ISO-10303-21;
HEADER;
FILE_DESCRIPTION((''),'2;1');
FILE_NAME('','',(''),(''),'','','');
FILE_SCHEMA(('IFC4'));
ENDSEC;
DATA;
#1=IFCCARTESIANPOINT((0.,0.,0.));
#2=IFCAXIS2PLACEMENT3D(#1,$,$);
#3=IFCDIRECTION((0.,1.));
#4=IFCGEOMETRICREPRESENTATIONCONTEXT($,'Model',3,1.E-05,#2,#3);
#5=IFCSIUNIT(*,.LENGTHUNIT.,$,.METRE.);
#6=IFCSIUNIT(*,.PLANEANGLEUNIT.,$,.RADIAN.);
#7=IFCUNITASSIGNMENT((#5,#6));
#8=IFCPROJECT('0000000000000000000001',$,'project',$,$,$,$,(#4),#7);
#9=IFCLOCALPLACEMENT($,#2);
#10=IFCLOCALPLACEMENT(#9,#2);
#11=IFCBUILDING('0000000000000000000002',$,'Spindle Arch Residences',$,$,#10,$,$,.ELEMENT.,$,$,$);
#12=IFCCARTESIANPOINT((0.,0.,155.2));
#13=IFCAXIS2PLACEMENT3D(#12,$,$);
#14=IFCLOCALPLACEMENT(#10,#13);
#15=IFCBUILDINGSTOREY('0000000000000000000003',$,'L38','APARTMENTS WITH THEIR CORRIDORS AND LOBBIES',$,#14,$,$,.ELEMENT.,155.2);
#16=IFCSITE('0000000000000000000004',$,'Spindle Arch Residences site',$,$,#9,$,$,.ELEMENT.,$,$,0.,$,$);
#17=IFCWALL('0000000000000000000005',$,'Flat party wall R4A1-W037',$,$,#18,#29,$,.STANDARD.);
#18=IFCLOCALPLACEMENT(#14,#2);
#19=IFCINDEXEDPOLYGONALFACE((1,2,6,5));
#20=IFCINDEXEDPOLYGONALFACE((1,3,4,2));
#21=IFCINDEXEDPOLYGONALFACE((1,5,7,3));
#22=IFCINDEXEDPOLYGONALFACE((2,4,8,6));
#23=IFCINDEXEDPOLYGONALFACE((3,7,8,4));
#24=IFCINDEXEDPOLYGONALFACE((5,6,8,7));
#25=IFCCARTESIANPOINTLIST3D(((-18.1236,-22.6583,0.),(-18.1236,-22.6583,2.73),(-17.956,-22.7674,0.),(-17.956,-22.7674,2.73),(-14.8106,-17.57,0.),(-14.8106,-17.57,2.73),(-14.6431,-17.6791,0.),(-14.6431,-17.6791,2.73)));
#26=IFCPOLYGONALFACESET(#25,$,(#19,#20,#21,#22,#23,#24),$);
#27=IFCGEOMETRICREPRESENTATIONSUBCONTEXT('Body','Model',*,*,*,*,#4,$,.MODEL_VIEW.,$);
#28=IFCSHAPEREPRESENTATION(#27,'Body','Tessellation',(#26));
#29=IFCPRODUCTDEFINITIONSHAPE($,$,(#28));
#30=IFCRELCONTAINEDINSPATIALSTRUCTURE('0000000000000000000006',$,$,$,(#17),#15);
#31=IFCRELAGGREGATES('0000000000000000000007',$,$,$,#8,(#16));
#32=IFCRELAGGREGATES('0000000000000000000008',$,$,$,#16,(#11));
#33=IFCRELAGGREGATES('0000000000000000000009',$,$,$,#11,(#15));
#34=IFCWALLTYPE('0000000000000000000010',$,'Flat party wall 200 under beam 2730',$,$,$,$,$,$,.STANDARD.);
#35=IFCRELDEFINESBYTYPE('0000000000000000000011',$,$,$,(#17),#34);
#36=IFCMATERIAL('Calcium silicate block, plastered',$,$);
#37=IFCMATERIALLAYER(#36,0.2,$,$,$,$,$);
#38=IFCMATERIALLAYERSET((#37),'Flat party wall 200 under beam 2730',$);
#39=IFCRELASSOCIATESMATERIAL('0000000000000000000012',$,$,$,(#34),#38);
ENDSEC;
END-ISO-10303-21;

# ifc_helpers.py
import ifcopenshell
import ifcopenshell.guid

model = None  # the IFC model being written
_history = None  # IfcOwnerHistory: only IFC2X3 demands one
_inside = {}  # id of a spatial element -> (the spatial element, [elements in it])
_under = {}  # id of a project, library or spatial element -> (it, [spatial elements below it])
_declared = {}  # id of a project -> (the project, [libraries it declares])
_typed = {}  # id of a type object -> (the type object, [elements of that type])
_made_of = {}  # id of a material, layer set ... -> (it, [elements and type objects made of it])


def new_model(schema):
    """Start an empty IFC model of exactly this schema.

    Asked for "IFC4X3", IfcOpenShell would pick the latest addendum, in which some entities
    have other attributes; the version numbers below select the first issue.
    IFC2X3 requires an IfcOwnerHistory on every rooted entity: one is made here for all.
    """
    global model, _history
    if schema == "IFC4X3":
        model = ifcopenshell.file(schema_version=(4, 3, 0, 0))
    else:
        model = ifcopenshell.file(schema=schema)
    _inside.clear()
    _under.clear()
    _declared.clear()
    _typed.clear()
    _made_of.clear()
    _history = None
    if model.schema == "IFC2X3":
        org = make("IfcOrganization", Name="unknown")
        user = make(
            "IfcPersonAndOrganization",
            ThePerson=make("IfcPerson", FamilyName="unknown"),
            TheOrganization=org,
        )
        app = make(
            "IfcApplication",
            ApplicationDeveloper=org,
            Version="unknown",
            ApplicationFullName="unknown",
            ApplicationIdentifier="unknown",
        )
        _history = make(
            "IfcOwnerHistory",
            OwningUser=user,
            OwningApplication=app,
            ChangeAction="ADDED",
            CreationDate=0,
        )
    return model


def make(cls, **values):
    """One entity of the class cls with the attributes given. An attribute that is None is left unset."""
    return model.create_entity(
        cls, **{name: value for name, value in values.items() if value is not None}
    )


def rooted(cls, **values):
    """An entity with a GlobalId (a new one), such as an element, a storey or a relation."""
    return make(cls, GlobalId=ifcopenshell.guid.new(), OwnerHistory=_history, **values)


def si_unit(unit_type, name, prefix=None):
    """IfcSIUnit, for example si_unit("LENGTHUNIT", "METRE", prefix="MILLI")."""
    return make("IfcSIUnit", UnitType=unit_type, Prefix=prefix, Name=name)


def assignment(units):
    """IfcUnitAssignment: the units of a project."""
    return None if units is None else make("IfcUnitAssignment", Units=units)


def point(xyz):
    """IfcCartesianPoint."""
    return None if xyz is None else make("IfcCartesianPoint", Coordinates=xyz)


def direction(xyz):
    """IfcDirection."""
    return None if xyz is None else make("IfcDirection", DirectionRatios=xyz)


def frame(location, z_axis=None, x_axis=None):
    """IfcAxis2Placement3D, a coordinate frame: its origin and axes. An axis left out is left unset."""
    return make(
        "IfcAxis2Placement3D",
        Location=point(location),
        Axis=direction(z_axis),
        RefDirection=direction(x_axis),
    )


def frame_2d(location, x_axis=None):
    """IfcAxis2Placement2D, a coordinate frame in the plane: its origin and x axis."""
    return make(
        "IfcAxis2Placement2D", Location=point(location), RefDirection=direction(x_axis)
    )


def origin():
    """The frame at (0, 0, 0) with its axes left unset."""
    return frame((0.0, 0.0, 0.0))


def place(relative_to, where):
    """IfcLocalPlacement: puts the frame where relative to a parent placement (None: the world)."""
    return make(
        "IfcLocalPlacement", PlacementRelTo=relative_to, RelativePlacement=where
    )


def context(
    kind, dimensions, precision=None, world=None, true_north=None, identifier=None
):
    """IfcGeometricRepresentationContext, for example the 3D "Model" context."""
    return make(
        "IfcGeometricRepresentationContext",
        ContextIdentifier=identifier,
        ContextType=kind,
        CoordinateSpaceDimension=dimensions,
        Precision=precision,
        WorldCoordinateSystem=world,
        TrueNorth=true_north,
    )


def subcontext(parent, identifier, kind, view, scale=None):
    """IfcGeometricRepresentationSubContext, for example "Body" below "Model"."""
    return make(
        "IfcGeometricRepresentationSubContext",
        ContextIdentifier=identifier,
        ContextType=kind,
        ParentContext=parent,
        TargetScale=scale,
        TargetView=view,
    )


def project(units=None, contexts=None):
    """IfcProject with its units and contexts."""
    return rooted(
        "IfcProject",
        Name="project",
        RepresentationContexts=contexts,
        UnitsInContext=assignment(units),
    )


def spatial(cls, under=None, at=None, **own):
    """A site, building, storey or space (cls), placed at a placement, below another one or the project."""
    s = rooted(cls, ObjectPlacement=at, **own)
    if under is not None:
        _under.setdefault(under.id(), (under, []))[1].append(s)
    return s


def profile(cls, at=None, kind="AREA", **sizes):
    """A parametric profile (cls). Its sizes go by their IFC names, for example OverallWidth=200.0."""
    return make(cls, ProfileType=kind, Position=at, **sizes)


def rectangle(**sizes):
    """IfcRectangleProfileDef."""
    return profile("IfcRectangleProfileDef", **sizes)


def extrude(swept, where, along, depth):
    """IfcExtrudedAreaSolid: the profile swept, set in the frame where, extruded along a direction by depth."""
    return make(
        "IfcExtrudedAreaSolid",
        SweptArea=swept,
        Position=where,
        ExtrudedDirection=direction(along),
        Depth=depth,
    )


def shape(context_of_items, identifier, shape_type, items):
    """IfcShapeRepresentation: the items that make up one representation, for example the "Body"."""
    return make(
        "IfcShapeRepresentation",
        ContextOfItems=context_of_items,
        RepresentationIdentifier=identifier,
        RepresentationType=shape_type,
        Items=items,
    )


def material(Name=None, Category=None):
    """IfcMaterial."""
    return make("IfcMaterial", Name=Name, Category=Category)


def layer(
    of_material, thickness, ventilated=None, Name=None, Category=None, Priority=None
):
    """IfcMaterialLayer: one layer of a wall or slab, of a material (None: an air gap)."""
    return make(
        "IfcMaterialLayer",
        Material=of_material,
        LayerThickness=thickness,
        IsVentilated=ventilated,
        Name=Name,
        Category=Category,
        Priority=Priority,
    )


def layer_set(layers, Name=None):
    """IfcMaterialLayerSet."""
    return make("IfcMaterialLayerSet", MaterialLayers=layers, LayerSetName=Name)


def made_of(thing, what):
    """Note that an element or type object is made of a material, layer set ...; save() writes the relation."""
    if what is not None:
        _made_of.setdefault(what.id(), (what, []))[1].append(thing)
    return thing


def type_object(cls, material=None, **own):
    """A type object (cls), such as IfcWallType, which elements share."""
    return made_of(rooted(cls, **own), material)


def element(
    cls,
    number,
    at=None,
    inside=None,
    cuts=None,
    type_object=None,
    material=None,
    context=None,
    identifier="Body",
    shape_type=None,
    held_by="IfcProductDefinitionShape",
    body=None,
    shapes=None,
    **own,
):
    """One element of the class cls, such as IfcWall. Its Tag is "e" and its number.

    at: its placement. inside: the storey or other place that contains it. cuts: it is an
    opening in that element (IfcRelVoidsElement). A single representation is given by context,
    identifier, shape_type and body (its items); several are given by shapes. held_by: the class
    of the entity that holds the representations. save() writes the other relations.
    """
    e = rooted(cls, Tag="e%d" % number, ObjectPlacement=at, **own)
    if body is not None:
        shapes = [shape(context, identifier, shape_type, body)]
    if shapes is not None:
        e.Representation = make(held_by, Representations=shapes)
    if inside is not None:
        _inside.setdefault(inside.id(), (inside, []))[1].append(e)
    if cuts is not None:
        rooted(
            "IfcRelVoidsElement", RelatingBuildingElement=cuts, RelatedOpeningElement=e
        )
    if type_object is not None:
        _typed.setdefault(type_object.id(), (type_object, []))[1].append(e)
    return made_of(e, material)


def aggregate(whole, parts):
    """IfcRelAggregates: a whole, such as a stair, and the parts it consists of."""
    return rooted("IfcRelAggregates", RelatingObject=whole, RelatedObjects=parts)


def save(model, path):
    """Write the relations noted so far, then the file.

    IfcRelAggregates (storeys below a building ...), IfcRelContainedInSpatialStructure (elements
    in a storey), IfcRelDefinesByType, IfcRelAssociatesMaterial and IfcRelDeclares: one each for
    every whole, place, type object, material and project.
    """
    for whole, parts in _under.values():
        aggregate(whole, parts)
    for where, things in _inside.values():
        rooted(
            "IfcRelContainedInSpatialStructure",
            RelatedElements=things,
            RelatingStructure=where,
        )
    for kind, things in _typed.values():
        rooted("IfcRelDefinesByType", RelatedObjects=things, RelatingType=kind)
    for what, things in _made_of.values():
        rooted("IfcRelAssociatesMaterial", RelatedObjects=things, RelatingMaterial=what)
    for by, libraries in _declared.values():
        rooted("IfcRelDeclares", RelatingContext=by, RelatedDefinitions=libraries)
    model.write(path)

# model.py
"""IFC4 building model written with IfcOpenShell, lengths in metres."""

from ifc_helpers import new_model, si_unit, direction, frame, frame_2d, origin, place, context, subcontext, project, spatial, rectangle, extrude, material, layer, layer_set, type_object, element, save


model = new_model("IFC4")

# Units and contexts
model_context = context("Model", 3, precision=1e-05, world=origin(), true_north=direction((0.0, 1.0)))
body_context = subcontext(model_context, "Body", "Model", "MODEL_VIEW")
ifc_project = project(units=[si_unit("LENGTHUNIT", "METRE"), si_unit("PLANEANGLEUNIT", "RADIAN")], contexts=[model_context])

# Site, building, storey
site_placement = place(None, origin())
site = spatial("IfcSite", under=ifc_project, at=site_placement, Name="Spindle Arch Residences site", CompositionType="ELEMENT", RefElevation=0.0)
building_placement = place(site_placement, origin())
building = spatial("IfcBuilding", under=site, at=building_placement, Name="Spindle Arch Residences", CompositionType="ELEMENT")
storey_placement = place(building_placement, frame((0.0, 0.0, 155.2)))
storey = spatial("IfcBuildingStorey", under=building, at=storey_placement, Name="L38", Description="APARTMENTS WITH THEIR CORRIDORS AND LOBBIES", CompositionType="ELEMENT", Elevation=155.2)

# Wall
ifc_material_1 = material(Name="Calcium silicate block, plastered")
ifc_layer_1 = layer(ifc_material_1, 0.2)
ifc_layer_set_1 = layer_set([ifc_layer_1], Name="Flat party wall 200 under beam 2730")
wall_type_1 = type_object("IfcWallType", Name="Flat party wall 200 under beam 2730", PredefinedType="STANDARD", material=ifc_layer_set_1)
wall_1_placement = place(storey_placement, frame((-18.0398, -22.7129, 0.0), z_axis=(0.0, 0.0, 1.0), x_axis=(0.54563, 0.838026, 0.0)))
element("IfcWall", 1, at=wall_1_placement, inside=storey, type_object=wall_type_1, Name="Flat party wall R4A1-W037", PredefinedType="STANDARD", context=body_context, shape_type="SweptSolid", body=[
    extrude(rectangle(XDim=6.0718, YDim=0.2, at=frame_2d((3.0359, 0.0))), origin(), (0.0, 0.0, 1.0), 2.73),
])

save(model, "model.ifc")
